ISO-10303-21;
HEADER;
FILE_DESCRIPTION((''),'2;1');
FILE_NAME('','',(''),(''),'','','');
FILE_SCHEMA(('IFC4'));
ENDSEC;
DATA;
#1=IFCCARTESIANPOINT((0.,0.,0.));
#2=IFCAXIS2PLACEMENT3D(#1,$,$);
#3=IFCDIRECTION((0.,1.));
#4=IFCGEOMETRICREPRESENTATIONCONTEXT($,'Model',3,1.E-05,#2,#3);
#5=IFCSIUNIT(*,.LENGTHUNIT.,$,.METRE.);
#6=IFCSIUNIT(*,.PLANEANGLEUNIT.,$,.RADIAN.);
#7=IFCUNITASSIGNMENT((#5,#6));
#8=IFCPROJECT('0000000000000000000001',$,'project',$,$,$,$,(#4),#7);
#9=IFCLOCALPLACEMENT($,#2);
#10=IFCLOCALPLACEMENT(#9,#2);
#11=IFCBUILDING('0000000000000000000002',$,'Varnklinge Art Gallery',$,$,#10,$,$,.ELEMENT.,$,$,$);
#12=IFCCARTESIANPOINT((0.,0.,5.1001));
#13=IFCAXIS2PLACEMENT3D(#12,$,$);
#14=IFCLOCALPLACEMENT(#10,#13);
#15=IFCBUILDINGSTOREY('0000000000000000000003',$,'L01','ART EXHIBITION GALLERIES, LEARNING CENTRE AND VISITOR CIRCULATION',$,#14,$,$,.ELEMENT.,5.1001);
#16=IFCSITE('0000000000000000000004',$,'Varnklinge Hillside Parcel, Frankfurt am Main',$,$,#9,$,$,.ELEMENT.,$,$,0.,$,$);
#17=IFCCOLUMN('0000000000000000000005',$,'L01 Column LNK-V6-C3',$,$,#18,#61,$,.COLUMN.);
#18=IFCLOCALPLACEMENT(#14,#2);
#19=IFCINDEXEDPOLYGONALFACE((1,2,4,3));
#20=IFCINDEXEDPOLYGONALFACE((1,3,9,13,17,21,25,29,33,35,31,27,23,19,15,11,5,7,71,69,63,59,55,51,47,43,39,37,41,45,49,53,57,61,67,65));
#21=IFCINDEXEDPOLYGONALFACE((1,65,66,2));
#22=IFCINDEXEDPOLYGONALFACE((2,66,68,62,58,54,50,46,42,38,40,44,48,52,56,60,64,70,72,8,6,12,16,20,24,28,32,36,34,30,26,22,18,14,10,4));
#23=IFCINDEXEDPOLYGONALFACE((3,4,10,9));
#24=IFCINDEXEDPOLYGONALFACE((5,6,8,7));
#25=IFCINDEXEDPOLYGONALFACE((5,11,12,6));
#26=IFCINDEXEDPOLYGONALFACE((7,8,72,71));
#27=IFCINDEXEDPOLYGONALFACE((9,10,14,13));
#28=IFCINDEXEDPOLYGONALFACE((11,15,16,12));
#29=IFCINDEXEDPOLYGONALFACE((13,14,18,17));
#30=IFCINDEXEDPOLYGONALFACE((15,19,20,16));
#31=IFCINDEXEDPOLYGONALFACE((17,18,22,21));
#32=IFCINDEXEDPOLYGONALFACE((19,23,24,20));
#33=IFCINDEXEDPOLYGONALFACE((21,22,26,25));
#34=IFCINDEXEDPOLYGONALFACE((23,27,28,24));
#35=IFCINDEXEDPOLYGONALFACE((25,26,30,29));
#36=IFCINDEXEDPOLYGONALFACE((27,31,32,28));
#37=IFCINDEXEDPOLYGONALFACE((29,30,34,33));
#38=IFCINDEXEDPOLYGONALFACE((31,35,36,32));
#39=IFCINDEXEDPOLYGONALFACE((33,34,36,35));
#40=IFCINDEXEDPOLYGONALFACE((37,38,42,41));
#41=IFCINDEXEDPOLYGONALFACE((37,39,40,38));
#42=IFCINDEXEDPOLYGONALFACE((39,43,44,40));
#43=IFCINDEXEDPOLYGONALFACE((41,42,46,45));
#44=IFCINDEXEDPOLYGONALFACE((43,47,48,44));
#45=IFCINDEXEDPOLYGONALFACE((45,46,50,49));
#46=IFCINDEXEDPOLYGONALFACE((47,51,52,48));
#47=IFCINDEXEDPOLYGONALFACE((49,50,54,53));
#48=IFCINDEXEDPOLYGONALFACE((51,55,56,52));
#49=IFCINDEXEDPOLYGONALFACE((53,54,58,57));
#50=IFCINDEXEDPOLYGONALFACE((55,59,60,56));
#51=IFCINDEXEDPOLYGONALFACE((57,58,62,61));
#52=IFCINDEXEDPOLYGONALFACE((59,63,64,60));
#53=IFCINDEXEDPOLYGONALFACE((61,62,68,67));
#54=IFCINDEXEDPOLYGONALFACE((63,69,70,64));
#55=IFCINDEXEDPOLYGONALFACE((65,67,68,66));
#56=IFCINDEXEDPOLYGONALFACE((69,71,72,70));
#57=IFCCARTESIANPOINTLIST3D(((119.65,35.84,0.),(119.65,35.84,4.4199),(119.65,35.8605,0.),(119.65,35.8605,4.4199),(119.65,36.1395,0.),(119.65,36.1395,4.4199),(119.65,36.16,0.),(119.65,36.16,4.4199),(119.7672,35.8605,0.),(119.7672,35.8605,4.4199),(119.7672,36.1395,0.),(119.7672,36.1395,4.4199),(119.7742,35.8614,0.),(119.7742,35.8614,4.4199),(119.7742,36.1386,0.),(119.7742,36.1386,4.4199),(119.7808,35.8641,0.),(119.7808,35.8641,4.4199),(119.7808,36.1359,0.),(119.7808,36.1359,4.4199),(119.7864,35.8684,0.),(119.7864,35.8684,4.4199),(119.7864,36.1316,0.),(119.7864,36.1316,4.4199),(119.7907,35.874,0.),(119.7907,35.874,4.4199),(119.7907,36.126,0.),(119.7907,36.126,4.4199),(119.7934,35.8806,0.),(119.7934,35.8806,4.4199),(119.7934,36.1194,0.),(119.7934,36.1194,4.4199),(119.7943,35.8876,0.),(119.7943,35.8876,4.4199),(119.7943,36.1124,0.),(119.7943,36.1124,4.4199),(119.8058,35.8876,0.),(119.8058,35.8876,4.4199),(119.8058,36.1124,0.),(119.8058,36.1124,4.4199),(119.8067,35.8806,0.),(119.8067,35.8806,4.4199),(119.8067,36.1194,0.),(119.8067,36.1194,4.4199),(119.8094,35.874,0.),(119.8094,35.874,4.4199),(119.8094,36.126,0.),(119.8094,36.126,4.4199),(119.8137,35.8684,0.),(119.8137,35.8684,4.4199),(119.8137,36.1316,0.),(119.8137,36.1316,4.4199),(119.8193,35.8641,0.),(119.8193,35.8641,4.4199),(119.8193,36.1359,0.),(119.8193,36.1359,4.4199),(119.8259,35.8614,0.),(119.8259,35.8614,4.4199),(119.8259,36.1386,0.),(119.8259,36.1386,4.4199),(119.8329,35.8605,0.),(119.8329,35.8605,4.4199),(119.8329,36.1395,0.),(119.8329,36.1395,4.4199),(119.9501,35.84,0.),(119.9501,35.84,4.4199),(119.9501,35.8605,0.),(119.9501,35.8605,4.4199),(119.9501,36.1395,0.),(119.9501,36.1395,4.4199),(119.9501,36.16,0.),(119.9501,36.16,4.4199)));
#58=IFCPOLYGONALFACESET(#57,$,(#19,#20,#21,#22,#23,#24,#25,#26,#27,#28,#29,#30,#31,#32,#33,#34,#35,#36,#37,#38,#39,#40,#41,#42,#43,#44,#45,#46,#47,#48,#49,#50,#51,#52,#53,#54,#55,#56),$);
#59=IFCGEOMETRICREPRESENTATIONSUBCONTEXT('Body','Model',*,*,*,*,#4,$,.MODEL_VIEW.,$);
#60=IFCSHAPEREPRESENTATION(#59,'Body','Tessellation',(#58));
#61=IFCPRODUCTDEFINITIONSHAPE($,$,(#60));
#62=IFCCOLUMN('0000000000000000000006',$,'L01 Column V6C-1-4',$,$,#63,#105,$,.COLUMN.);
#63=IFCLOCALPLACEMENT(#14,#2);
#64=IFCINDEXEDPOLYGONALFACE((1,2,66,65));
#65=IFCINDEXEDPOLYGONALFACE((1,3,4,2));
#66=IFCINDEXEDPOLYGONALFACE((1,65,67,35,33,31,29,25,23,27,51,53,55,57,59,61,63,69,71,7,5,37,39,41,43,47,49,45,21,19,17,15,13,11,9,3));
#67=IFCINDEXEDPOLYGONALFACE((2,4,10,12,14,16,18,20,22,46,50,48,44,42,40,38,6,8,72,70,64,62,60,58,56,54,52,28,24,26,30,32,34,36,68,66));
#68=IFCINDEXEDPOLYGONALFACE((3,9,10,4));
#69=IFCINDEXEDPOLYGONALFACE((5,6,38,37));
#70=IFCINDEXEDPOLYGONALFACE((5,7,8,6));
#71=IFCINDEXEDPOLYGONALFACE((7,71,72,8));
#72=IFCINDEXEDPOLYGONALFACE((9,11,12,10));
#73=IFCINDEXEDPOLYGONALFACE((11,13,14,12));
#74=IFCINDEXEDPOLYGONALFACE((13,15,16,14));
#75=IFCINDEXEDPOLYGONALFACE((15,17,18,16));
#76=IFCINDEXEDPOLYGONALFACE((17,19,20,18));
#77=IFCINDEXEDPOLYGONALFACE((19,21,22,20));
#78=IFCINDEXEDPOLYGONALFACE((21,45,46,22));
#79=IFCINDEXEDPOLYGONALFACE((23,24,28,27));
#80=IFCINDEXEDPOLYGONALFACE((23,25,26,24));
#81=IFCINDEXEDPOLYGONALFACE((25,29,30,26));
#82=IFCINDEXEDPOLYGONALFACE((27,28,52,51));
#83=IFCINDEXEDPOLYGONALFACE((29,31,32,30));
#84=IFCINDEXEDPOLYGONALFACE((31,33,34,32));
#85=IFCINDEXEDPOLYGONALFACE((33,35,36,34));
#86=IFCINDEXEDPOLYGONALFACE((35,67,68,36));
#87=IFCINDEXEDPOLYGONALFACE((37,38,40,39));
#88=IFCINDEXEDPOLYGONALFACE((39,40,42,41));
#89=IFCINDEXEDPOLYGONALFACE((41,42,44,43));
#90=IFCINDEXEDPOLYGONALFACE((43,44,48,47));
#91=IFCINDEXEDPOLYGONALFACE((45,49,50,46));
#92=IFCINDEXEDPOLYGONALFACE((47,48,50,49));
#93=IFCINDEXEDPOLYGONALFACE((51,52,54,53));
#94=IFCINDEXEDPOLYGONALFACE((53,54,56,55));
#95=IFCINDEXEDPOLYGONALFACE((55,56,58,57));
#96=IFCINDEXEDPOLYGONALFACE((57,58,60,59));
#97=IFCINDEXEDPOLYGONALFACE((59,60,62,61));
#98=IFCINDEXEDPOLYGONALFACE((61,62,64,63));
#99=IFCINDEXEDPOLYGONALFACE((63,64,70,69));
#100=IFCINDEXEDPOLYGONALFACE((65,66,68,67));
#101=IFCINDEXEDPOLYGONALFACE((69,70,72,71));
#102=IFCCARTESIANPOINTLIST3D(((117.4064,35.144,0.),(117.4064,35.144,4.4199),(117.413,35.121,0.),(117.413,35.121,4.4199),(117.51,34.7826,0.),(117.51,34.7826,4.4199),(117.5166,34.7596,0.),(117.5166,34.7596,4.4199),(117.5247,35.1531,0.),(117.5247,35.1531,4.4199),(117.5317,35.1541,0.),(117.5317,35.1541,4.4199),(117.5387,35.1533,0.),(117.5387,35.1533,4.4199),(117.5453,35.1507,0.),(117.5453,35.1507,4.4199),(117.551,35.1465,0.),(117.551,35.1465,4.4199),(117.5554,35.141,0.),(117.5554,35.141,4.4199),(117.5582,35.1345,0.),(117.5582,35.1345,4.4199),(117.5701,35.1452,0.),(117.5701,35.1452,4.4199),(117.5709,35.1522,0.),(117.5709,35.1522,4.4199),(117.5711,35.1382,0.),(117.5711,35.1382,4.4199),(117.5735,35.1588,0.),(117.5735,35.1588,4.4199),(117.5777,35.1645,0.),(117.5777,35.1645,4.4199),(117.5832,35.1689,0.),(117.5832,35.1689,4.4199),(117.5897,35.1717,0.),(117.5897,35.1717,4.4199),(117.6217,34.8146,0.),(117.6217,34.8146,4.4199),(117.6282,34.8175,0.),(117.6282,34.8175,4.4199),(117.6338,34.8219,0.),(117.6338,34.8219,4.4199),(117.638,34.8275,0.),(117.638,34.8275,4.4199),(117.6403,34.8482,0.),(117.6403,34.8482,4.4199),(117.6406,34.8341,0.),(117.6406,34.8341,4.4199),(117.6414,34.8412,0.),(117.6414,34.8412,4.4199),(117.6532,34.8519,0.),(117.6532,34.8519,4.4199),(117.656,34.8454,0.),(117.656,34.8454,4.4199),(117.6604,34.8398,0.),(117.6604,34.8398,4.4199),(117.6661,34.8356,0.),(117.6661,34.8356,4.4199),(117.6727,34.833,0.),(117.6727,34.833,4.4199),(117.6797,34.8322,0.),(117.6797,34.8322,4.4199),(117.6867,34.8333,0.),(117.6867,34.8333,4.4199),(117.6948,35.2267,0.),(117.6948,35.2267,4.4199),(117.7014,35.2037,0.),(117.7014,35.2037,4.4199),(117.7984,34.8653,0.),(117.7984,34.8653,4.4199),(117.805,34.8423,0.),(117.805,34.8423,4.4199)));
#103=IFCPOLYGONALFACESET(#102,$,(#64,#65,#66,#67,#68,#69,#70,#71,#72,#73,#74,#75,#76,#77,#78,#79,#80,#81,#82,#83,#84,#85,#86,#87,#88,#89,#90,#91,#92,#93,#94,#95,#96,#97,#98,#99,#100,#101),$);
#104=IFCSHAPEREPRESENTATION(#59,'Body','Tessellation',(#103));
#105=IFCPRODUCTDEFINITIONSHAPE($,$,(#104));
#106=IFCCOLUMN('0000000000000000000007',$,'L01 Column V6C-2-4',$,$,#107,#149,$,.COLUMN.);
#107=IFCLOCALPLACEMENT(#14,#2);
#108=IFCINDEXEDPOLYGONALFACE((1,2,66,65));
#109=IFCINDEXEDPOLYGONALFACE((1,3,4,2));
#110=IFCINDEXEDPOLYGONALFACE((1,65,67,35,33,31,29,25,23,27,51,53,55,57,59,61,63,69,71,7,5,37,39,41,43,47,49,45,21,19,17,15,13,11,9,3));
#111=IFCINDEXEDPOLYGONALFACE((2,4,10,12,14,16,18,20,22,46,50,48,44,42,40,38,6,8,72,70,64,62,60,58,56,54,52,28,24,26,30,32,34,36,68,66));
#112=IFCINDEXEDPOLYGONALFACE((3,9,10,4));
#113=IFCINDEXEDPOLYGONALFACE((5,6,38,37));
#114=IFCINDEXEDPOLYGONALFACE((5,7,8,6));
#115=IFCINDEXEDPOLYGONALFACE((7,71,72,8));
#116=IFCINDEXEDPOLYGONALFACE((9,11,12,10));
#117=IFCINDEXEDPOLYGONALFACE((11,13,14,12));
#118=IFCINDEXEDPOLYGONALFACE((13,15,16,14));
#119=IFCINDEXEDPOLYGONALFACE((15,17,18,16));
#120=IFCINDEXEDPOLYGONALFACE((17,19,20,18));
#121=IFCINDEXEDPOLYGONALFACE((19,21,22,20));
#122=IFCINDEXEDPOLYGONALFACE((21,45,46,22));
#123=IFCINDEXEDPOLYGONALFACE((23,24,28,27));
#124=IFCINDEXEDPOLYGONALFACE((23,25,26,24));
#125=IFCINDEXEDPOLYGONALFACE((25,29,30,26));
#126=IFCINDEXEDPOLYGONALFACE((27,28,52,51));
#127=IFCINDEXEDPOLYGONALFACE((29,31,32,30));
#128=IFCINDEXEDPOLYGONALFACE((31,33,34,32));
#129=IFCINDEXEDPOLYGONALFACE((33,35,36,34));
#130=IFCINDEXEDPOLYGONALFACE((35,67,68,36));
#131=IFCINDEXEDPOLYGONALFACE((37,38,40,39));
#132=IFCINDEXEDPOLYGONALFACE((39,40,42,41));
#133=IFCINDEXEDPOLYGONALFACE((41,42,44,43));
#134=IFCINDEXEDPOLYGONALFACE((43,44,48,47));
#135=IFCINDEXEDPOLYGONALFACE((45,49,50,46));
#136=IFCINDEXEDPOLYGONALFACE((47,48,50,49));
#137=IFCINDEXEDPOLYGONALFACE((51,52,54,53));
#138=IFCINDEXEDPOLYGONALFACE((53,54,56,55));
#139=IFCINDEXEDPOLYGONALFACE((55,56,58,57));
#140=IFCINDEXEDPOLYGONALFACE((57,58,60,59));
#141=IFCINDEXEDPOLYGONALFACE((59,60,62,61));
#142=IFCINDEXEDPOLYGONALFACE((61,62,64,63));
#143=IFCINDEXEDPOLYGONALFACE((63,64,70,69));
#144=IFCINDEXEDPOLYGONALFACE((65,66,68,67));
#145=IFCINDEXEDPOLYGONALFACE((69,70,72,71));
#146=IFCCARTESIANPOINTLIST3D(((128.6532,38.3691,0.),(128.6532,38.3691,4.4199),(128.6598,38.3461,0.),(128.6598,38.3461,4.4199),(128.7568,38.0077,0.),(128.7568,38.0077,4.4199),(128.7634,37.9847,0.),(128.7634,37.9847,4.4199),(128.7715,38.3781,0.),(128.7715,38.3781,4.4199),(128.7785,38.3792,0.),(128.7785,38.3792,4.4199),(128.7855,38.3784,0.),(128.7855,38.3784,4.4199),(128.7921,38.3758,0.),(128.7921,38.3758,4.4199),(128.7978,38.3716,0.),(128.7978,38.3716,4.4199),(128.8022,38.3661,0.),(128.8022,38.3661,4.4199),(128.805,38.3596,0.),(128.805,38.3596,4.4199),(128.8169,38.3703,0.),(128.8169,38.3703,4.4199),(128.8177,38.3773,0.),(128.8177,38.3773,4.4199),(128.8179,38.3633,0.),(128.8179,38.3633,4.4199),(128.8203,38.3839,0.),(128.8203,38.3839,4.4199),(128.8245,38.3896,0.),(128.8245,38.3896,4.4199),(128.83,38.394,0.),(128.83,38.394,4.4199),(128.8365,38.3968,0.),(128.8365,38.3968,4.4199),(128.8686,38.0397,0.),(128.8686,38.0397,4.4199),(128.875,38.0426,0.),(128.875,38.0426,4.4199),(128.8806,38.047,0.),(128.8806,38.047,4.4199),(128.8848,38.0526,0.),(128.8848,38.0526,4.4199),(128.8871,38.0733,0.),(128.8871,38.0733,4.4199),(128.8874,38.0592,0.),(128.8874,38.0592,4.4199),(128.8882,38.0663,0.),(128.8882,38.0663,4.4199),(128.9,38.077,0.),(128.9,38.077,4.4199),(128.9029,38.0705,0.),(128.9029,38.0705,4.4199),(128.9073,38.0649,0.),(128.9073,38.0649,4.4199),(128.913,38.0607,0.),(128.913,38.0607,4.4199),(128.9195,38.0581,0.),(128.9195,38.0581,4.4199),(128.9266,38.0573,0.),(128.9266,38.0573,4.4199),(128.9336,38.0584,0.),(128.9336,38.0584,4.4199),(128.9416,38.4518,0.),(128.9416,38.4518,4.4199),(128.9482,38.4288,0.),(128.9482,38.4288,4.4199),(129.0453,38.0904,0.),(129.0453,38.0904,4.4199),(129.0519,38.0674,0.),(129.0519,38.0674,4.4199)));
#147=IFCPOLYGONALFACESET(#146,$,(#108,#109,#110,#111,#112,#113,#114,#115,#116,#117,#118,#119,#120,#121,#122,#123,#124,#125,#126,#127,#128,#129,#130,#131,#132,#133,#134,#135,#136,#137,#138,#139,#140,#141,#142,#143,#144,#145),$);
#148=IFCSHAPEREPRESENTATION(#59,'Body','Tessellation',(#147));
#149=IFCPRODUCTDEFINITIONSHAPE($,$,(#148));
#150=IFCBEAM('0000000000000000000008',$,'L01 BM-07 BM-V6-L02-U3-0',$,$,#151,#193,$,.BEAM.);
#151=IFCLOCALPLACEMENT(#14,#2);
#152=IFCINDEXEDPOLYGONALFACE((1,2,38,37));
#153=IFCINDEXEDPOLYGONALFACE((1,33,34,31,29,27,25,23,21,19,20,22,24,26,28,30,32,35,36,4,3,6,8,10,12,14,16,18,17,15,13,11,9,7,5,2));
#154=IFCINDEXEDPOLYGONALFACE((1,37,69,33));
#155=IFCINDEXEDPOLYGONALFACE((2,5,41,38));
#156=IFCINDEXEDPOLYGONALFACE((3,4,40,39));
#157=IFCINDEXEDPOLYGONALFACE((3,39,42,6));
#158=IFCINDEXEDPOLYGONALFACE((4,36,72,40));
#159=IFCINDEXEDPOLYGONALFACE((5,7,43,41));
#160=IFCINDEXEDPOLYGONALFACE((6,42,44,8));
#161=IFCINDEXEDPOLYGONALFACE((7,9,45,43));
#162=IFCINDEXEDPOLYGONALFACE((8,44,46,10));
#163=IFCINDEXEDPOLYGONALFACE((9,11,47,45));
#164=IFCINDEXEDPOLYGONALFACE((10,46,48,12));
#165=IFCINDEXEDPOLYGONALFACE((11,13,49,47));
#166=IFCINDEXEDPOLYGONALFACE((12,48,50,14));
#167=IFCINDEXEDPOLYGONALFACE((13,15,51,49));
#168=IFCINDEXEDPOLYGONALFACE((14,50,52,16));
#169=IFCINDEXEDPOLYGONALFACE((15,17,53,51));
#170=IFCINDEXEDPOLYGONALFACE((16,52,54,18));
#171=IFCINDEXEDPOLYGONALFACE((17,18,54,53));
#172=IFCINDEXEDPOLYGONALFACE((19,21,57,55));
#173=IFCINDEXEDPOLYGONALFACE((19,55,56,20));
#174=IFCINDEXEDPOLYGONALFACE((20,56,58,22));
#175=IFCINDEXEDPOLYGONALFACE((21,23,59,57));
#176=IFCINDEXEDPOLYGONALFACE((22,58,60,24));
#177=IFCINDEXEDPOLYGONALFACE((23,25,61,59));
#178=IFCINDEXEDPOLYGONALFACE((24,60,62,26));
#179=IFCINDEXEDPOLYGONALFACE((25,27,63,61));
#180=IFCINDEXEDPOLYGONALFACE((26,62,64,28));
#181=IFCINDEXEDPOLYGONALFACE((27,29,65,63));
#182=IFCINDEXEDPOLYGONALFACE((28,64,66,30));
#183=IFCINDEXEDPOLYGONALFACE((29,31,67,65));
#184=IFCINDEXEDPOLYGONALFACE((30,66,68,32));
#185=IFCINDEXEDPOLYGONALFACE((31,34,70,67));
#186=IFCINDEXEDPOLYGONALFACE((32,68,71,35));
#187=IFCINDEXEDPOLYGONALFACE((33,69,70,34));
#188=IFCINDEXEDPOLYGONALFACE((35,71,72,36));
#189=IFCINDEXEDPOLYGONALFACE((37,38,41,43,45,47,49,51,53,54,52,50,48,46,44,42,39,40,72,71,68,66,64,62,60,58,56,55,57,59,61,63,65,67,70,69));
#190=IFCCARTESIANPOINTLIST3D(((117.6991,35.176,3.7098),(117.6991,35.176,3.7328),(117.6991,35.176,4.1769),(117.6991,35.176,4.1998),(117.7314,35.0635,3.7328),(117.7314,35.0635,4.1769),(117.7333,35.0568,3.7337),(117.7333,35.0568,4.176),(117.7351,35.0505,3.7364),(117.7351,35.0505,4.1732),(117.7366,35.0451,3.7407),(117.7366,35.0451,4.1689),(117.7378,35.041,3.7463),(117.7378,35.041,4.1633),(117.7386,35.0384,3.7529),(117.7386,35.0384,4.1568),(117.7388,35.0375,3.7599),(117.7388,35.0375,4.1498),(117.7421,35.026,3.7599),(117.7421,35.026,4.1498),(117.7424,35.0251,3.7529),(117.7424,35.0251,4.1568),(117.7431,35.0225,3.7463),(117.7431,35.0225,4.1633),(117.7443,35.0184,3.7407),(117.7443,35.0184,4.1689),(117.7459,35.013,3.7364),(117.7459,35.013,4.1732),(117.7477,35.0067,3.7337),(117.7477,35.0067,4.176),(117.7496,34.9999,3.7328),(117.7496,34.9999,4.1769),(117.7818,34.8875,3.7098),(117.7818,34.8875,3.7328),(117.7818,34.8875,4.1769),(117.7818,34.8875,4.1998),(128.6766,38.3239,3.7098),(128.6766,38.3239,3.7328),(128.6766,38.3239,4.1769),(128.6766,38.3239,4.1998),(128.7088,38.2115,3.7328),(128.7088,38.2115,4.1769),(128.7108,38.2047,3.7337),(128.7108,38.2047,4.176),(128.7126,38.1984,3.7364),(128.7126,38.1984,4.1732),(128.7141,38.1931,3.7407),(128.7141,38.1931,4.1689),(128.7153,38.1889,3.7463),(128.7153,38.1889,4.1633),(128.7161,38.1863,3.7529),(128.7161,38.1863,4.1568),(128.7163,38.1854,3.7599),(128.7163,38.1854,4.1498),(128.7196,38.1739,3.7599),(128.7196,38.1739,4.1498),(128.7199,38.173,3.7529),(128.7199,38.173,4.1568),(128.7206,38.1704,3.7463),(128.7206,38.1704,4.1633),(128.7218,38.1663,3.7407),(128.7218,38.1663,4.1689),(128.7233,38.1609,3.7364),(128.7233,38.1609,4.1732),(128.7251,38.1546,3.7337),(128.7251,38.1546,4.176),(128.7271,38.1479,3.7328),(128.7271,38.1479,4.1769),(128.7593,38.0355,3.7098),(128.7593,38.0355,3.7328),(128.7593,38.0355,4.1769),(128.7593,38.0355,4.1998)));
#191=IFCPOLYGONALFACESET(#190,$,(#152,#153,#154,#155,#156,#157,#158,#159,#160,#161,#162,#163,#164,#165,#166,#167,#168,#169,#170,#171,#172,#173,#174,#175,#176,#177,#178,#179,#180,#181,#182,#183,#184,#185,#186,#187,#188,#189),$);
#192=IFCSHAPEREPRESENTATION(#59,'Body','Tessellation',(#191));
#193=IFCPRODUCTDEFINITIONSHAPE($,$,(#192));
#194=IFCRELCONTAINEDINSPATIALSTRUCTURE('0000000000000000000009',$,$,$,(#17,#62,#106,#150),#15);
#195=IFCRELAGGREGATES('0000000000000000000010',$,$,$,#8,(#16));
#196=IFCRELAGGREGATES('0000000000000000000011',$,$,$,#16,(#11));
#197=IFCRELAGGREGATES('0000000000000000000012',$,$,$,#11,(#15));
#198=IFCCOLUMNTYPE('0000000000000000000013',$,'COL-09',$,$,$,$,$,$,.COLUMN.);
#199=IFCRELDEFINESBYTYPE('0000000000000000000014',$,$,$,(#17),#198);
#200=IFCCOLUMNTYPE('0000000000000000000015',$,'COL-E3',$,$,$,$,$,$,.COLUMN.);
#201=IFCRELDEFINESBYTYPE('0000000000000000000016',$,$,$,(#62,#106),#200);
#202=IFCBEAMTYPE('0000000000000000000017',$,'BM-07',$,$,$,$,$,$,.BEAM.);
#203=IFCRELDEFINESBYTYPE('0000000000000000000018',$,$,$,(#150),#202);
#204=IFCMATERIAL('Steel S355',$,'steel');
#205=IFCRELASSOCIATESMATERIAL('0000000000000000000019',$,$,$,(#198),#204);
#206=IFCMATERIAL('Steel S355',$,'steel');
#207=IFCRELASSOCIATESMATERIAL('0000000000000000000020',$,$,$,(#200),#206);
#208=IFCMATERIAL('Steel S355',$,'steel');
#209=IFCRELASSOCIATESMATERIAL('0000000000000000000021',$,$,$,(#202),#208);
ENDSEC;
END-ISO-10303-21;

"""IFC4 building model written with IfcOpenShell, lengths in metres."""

from ifc_helpers import new_model, si_unit, direction, frame, origin, origin_2d, place, context, subcontext, project, spatial, i_section, extrude, material, material_profile, profile_set, type_object, element, save


model = new_model("IFC4")

# Units and contexts
model_context = context("Model", 3, precision=1e-05, world=origin(), true_north=direction((0.0, 1.0)))
body_context = subcontext(model_context, "Body", "Model", "MODEL_VIEW")
ifc_project = project(units=[si_unit("LENGTHUNIT", "METRE"), si_unit("PLANEANGLEUNIT", "RADIAN")], contexts=[model_context])

# Site, building, storey
site_placement = place(None, origin())
site = spatial("IfcSite", under=ifc_project, at=site_placement, Name="Varnklinge Hillside Parcel, Frankfurt am Main", CompositionType="ELEMENT", RefElevation=0.0)
building_placement = place(site_placement, origin())
building = spatial("IfcBuilding", under=site, at=building_placement, Name="Varnklinge Art Gallery", CompositionType="ELEMENT")
storey_placement = place(building_placement, frame((0.0, 0.0, 5.1001)))
storey = spatial("IfcBuildingStorey", under=building, at=storey_placement, Name="L01", Description="ART EXHIBITION GALLERIES, LEARNING CENTRE AND VISITOR CIRCULATION", CompositionType="ELEMENT", Elevation=5.1001)

# Columns
ifc_material_1 = material(Name="Steel S355", Category="steel")
ifc_material_profile_1 = material_profile(ifc_material_1, i_section(OverallWidth=0.3, OverallDepth=0.3201, WebThickness=0.0115, FlangeThickness=0.0205, FilletRadius=0.0271, at=origin_2d()), Name="HEB 320")
ifc_profile_set_1 = profile_set([ifc_material_profile_1], Name="Steel S355")
column_type_1 = type_object("IfcColumnType", Name="COL-09", PredefinedType="COLUMN", material=ifc_profile_set_1)
column_placement = place(storey_placement, frame((119.8, 36.0, 0.0), z_axis=(0.0, 0.0, 1.0), x_axis=(1.0, 0.0, 0.0)))
element("IfcColumn", 1, at=column_placement, inside=storey, type_object=column_type_1, Name="L01 Column LNK-V6-C3", PredefinedType="COLUMN", context=body_context, shape_type="SweptSolid", body=[
    extrude(i_section(OverallWidth=0.3, OverallDepth=0.3201, WebThickness=0.0115, FlangeThickness=0.0205, FilletRadius=0.0271, at=origin_2d()), origin(), (0.0, 0.0, 1.0), 4.4199),
])
ifc_material_2 = material(Name="Steel S355", Category="steel")
ifc_material_profile_2 = material_profile(ifc_material_2, i_section(OverallWidth=0.3, OverallDepth=0.3999, WebThickness=0.0134, FlangeThickness=0.0239, FilletRadius=0.0271, at=origin_2d()), Name="HEB 400")
ifc_profile_set_2 = profile_set([ifc_material_profile_2], Name="Steel S355")
column_type_2 = type_object("IfcColumnType", Name="COL-E3", PredefinedType="COLUMN", material=ifc_profile_set_2)
for number, where, z_axis, x_axis, name in (
    (2, (117.6057, 34.9932, 0.0), (0.0, 0.0, 1.0), (0.961262, 0.275637, 0.0), "L01 Column V6C-1-4"),
    (3, (128.8525, 38.2183, 0.0), (0.0, 0.0, 1.0), (0.961262, 0.275637, 0.0), "L01 Column V6C-2-4"),
):
    element("IfcColumn", number, at=place(storey_placement, frame(where, z_axis=z_axis, x_axis=x_axis)), inside=storey, type_object=column_type_2, Name=name, PredefinedType="COLUMN", context=body_context, shape_type="SweptSolid", body=[
        extrude(i_section(OverallWidth=0.3, OverallDepth=0.3999, WebThickness=0.0134, FlangeThickness=0.0239, FilletRadius=0.0271, at=origin_2d()), origin(), (0.0, 0.0, 1.0), 4.4199),
    ])

# Beam
ifc_material_3 = material(Name="Steel S355", Category="steel")
ifc_material_profile_3 = material_profile(ifc_material_3, i_section(OverallWidth=0.3, OverallDepth=0.49, WebThickness=0.012, FlangeThickness=0.0229, FilletRadius=0.0271, at=origin_2d()), Name="HEA 500")
ifc_profile_set_3 = profile_set([ifc_material_profile_3], Name="Steel S355")
beam_type_1 = type_object("IfcBeamType", Name="BM-07", PredefinedType="BEAM", material=ifc_profile_set_3)
beam_1_placement = place(storey_placement, frame((117.7405, 35.0317, 3.9548), z_axis=(0.961257, 0.275653, 0.0), x_axis=(-0.275653, 0.961257, 0.0)))
element("IfcBeam", 4, at=beam_1_placement, inside=storey, type_object=beam_type_1, Name="L01 BM-07 BM-V6-L02-U3-0", PredefinedType="BEAM", context=body_context, shape_type="SweptSolid", body=[
    extrude(i_section(OverallWidth=0.3, OverallDepth=0.49, WebThickness=0.012, FlangeThickness=0.0229, FilletRadius=0.0271, at=origin_2d()), origin(), (0.0, 0.0, 1.0), 11.4199),
])

save(model, "model.ifc")
